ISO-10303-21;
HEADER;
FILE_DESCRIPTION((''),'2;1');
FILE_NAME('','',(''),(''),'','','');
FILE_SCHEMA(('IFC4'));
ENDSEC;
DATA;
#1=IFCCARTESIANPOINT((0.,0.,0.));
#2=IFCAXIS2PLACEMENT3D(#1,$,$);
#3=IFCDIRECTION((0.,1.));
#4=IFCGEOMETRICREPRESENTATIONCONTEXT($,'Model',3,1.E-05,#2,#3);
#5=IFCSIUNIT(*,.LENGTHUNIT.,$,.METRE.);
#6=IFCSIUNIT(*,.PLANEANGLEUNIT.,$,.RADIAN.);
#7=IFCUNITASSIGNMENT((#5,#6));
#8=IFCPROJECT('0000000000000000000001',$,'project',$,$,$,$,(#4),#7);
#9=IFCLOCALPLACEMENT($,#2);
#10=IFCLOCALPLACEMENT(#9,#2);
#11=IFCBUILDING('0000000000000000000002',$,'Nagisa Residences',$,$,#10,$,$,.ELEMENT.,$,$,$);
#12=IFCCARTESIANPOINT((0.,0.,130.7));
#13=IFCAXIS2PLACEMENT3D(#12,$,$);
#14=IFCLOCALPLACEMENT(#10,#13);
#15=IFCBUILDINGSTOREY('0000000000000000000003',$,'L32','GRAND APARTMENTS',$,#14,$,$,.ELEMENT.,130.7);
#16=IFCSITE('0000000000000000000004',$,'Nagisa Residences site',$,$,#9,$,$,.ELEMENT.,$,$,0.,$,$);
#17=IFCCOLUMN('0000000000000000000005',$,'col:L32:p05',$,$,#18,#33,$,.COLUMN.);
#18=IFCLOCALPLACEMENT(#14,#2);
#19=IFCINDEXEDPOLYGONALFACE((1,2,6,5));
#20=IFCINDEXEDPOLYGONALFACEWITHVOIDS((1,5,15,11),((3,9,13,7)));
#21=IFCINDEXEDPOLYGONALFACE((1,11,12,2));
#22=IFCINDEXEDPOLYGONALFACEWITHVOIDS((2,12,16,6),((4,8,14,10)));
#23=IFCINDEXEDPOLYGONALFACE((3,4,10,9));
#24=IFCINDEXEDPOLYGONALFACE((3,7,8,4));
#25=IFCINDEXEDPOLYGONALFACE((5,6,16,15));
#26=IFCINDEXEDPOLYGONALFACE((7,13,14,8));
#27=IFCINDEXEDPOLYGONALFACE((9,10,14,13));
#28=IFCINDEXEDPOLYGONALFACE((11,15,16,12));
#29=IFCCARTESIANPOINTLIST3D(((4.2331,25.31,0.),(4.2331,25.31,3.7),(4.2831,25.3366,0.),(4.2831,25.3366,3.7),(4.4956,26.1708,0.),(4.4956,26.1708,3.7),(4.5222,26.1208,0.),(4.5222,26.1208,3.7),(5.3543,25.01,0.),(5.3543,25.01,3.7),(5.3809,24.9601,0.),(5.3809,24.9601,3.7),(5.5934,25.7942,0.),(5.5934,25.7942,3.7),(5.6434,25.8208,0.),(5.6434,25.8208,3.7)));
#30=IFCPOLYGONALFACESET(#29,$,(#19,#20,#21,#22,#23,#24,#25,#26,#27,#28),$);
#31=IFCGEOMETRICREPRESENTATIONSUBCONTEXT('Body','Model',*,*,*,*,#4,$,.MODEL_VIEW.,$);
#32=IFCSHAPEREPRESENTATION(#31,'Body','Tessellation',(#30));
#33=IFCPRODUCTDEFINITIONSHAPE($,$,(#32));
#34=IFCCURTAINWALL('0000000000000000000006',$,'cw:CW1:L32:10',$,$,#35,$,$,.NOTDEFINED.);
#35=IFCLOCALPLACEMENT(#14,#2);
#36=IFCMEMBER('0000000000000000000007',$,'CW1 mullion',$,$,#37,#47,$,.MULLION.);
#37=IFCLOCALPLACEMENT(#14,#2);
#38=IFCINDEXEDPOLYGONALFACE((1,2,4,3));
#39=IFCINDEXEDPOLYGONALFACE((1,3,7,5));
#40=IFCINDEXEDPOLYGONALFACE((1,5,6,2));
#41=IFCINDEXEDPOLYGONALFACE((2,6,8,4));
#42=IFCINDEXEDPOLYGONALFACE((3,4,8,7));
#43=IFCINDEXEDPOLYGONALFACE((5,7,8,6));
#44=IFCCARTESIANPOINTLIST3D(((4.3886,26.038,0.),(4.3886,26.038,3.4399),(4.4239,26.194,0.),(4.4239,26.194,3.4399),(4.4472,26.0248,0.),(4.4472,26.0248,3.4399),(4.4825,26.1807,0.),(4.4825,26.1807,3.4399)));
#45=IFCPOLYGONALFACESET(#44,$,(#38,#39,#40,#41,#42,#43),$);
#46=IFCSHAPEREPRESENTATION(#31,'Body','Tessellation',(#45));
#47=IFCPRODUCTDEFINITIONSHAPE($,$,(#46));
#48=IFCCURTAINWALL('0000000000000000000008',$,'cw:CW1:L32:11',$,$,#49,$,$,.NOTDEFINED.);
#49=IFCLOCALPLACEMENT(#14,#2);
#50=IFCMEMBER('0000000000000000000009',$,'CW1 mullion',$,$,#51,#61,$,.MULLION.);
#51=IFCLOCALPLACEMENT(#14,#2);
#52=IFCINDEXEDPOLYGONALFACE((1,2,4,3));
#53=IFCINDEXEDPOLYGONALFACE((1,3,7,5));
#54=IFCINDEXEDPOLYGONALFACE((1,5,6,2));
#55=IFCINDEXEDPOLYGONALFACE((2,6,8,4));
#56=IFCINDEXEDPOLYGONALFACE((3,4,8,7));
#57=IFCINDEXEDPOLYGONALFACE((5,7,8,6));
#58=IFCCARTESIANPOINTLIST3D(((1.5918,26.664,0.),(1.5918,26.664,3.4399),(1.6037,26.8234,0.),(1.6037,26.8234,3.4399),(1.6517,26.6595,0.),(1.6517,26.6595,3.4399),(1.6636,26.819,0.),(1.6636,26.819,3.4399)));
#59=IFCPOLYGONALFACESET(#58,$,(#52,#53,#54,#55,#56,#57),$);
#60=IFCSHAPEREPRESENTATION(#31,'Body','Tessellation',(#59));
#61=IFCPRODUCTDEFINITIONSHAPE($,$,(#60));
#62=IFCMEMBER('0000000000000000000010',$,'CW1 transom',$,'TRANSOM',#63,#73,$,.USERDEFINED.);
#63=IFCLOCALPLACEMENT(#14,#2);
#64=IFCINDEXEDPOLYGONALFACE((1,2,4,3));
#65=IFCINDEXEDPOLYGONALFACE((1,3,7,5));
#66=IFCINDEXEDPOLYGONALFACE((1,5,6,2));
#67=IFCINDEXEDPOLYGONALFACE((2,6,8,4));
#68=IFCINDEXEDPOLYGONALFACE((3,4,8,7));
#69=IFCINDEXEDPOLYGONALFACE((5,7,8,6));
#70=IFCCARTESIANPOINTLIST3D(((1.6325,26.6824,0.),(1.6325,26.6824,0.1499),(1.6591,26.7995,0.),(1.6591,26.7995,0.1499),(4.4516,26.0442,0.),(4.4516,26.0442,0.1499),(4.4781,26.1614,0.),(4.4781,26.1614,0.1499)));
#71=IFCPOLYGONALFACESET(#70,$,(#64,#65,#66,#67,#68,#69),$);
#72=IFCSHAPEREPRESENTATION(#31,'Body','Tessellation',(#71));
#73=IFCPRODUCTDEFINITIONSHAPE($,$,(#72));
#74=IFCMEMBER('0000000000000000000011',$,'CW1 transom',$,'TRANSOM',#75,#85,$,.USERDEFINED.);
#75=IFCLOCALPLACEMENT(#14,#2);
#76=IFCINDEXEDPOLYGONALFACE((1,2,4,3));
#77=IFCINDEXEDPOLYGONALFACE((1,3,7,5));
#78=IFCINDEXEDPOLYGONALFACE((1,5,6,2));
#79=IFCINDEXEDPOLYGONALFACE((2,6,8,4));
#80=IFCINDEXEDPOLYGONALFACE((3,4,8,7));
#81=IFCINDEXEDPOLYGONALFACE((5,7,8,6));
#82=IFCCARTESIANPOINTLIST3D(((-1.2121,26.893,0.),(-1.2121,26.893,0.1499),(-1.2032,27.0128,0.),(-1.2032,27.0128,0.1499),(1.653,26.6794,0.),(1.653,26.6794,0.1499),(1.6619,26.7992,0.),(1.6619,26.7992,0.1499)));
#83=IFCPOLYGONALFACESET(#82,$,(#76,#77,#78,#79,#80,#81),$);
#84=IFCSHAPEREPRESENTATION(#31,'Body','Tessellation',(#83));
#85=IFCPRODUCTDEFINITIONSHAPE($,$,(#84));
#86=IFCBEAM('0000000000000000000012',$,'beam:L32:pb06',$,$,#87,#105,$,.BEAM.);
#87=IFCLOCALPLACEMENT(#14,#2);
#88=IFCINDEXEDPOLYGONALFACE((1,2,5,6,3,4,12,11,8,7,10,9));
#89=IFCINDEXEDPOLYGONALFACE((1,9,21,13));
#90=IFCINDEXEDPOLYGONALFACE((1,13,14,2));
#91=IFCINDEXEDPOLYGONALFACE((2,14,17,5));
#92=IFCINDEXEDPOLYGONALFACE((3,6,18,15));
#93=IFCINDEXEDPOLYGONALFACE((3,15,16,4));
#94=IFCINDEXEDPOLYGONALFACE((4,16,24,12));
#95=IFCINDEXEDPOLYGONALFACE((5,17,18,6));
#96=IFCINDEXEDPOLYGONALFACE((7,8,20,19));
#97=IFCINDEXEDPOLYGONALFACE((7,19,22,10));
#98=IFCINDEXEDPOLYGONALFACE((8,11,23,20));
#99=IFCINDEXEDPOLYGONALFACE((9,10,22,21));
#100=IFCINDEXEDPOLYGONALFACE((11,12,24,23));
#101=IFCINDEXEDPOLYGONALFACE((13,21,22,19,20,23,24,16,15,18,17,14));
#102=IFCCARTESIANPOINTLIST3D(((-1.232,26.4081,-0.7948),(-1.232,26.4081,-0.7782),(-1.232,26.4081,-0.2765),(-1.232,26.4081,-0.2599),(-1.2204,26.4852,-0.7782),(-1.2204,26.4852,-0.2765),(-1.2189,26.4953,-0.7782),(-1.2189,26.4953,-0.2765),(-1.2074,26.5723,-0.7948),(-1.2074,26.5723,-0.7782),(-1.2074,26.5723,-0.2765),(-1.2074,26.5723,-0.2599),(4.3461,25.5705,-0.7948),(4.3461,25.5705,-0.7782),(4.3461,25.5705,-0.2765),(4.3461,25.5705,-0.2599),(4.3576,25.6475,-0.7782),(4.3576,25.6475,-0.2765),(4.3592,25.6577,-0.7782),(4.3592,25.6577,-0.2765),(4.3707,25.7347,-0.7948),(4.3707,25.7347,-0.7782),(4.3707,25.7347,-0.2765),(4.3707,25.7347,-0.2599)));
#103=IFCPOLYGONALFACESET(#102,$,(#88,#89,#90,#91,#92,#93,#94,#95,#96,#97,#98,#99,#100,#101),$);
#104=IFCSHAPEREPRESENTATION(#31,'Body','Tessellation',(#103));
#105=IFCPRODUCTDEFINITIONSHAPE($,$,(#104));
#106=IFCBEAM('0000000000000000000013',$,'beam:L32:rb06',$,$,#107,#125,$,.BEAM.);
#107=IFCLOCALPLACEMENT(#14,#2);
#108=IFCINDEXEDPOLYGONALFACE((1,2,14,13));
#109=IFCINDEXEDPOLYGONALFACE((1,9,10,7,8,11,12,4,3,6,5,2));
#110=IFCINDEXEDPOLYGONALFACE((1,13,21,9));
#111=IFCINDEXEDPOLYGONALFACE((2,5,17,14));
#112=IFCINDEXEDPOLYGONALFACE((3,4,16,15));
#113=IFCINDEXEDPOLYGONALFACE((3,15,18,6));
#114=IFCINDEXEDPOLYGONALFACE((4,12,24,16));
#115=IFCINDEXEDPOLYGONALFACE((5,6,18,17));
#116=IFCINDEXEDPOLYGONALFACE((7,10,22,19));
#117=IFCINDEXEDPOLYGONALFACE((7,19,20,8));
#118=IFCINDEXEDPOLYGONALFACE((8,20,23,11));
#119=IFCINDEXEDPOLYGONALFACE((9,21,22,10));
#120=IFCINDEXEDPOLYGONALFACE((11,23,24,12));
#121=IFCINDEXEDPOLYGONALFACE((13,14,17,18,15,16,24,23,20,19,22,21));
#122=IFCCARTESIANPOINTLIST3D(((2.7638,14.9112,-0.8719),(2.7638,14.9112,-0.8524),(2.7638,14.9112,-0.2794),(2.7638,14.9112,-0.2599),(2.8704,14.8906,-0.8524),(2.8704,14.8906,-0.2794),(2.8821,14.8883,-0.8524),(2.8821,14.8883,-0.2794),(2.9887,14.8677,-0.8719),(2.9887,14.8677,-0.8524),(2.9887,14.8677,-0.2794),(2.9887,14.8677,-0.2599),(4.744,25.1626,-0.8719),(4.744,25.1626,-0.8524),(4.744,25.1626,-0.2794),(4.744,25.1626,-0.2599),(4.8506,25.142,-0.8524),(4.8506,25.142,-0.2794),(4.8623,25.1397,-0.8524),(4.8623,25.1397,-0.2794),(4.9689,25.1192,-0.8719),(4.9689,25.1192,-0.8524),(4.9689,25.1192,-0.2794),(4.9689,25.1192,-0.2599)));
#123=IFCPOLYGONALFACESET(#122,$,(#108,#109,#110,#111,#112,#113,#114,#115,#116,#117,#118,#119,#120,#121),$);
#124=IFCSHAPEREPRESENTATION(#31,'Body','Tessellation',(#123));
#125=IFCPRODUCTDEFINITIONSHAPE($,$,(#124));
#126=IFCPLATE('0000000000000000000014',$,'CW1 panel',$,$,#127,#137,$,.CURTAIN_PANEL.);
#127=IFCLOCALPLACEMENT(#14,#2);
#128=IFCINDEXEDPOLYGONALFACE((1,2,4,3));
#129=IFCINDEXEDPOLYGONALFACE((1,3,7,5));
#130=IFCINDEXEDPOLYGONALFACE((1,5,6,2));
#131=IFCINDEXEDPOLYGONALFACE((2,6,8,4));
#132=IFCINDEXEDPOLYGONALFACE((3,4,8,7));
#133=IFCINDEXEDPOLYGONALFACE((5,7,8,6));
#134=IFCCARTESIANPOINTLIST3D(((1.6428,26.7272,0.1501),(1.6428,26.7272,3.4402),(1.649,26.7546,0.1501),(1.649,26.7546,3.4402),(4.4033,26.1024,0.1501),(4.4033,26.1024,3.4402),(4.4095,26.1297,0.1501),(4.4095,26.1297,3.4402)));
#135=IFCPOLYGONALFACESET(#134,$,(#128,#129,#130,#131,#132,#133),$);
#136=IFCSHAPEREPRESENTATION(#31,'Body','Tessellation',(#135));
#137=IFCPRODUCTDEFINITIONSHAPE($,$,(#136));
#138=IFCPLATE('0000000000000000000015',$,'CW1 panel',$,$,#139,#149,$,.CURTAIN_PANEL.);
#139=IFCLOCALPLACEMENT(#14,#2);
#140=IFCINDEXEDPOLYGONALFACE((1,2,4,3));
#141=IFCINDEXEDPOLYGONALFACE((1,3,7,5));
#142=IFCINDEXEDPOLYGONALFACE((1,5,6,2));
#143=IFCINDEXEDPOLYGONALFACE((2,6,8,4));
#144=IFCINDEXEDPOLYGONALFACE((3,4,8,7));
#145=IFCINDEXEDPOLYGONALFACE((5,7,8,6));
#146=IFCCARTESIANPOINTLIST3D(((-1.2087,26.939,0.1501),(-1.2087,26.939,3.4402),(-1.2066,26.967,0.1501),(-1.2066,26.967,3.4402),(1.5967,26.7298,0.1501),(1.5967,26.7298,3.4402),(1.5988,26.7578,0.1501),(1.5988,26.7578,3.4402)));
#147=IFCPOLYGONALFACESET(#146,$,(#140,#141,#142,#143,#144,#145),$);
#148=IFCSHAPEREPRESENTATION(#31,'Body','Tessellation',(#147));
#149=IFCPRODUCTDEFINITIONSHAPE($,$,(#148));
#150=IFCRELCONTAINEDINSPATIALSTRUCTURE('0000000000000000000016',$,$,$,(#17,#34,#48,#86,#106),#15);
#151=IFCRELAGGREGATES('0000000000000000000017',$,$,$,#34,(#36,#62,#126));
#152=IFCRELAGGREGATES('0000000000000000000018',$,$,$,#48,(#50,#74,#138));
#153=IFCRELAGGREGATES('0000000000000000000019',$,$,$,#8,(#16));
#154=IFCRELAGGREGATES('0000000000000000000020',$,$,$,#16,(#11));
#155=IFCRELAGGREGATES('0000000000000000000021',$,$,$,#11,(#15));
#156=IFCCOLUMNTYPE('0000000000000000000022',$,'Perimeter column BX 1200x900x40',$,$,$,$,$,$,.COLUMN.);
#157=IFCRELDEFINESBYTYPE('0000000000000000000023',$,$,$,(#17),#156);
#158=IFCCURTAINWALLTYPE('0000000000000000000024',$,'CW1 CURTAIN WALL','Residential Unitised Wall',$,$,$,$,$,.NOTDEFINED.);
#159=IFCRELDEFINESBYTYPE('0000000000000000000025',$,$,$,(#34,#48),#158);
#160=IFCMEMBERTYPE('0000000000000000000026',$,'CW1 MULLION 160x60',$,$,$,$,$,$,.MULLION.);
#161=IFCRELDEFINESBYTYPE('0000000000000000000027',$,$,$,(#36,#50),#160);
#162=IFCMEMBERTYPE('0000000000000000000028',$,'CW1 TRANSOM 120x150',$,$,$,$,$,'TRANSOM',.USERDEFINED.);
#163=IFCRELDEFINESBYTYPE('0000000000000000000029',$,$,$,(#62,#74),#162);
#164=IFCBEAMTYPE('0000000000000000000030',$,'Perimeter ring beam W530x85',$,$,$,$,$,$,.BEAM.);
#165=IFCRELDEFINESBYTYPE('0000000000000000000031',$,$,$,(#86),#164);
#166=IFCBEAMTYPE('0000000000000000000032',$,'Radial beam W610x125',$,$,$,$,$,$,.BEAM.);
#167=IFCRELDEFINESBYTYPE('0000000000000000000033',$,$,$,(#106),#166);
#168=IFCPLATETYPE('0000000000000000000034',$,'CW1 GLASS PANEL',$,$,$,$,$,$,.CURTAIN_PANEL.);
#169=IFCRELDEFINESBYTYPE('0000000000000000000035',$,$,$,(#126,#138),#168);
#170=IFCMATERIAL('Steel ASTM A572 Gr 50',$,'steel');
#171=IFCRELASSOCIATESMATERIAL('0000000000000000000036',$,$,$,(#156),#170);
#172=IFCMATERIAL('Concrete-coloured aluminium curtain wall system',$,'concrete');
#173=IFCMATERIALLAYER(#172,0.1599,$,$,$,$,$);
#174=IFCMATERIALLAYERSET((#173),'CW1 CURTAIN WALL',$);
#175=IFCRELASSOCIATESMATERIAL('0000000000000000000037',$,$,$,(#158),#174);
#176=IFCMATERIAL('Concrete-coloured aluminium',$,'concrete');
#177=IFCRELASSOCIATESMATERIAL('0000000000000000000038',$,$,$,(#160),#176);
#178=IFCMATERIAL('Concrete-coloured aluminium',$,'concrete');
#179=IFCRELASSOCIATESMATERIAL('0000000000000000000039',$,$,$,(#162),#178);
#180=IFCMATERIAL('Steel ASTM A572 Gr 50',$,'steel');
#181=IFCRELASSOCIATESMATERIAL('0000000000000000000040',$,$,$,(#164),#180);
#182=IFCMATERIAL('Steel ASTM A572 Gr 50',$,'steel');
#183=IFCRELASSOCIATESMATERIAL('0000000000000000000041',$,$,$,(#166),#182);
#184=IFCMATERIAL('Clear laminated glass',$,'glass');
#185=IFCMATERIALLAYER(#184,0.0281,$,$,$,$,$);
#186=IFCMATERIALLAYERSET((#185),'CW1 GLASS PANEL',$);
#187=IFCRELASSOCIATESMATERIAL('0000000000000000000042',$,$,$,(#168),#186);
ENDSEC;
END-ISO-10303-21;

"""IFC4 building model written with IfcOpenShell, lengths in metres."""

from ifc_helpers import new_model, si_unit, direction, frame, origin, origin_2d, place, context, subcontext, project, spatial, rectangle, hollow_rectangle, i_section, extrude, material, layer, layer_set, material_profile, profile_set, type_object, element, aggregate, save


model = new_model("IFC4")

# Units and contexts
model_context = context("Model", 3, precision=1e-05, world=origin(), true_north=direction((0.0, 1.0)))
body_context = subcontext(model_context, "Body", "Model", "MODEL_VIEW")
ifc_project = project(units=[si_unit("LENGTHUNIT", "METRE"), si_unit("PLANEANGLEUNIT", "RADIAN")], contexts=[model_context])

# Site, building, storey
site_placement = place(None, origin())
site = spatial("IfcSite", under=ifc_project, at=site_placement, Name="Nagisa Residences site", CompositionType="ELEMENT", RefElevation=0.0)
building_placement = place(site_placement, origin())
building = spatial("IfcBuilding", under=site, at=building_placement, Name="Nagisa Residences", CompositionType="ELEMENT")
storey_placement = place(building_placement, frame((0.0, 0.0, 130.7)))
storey = spatial("IfcBuildingStorey", under=building, at=storey_placement, Name="L32", Description="GRAND APARTMENTS", CompositionType="ELEMENT", Elevation=130.7)

# Column
ifc_material_1 = material(Name="Steel ASTM A572 Gr 50", Category="steel")
ifc_material_profile_1 = material_profile(ifc_material_1, hollow_rectangle(XDim=1.2, YDim=0.8999, WallThickness=0.04, at=origin_2d()), Name="BX 1200x900x40")
ifc_profile_set_1 = profile_set([ifc_material_profile_1], Name="Steel ASTM A572 Gr 50")
column_type = type_object("IfcColumnType", Name="Perimeter column BX 1200x900x40", PredefinedType="COLUMN", material=ifc_profile_set_1)
column_placement = place(storey_placement, frame((4.9382, 25.5654, 0.0), z_axis=(0.0, 0.0, 1.0), x_axis=(-0.956525, 0.291652, 0.0)))
element("IfcColumn", 1, at=column_placement, inside=storey, type_object=column_type, Name="col:L32:p05", PredefinedType="COLUMN", context=body_context, shape_type="SweptSolid", body=[
    extrude(hollow_rectangle(XDim=1.2, YDim=0.8999, WallThickness=0.04, at=origin_2d()), origin(), (0.0, 0.0, 1.0), 3.7),
])

# Curtain walls, members
ifc_material_2 = material(Name="Concrete-coloured aluminium curtain wall system", Category="concrete")
ifc_layer_1 = layer(ifc_material_2, 0.1599)
ifc_layer_set_1 = layer_set([ifc_layer_1], Name="CW1 CURTAIN WALL")
curtain_wall_type = type_object("IfcCurtainWallType", Name="CW1 CURTAIN WALL", Description="Residential Unitised Wall", PredefinedType="NOTDEFINED", material=ifc_layer_set_1)
curtain_wall_1_placement = place(storey_placement, origin())
curtain_wall_1 = element("IfcCurtainWall", 2, at=curtain_wall_1_placement, inside=storey, type_object=curtain_wall_type, Name="cw:CW1:L32:10", PredefinedType="NOTDEFINED")
ifc_material_3 = material(Name="Concrete-coloured aluminium", Category="concrete")
ifc_material_profile_2 = material_profile(ifc_material_3, rectangle(XDim=0.1599, YDim=0.0601, at=origin_2d()), Name="CW1 MULLION 160x60")
ifc_profile_set_2 = profile_set([ifc_material_profile_2], Name="Concrete-coloured aluminium")
member_type_1 = type_object("IfcMemberType", Name="CW1 MULLION 160x60", PredefinedType="MULLION", material=ifc_profile_set_2)
member_1_placement = place(storey_placement, frame((4.4355, 26.1094, 0.0), z_axis=(0.0, 0.0, 1.0), x_axis=(-0.220764, -0.975327, 0.0)))
member_1 = element("IfcMember", 3, at=member_1_placement, type_object=member_type_1, Name="CW1 mullion", PredefinedType="MULLION", context=body_context, shape_type="SweptSolid", body=[
    extrude(rectangle(XDim=0.1599, YDim=0.0601, at=origin_2d()), origin(), (0.0, 0.0, 1.0), 3.4399),
])
curtain_wall_2_placement = place(storey_placement, origin())
curtain_wall_2 = element("IfcCurtainWall", 4, at=curtain_wall_2_placement, inside=storey, type_object=curtain_wall_type, Name="cw:CW1:L32:11", PredefinedType="NOTDEFINED")
member_2_placement = place(storey_placement, frame((1.6277, 26.7415, 0.0), z_axis=(0.0, 0.0, 1.0), x_axis=(-0.074377, -0.99723, 0.0)))
member_2 = element("IfcMember", 5, at=member_2_placement, type_object=member_type_1, Name="CW1 mullion", PredefinedType="MULLION", context=body_context, shape_type="SweptSolid", body=[
    extrude(rectangle(XDim=0.1599, YDim=0.0601, at=origin_2d()), origin(), (0.0, 0.0, 1.0), 3.4399),
])

# Members
ifc_material_4 = material(Name="Concrete-coloured aluminium", Category="concrete")
ifc_material_profile_3 = material_profile(ifc_material_4, rectangle(XDim=0.1201, YDim=0.1499, at=origin_2d()), Name="CW1 TRANSOM 120x150")
ifc_profile_set_3 = profile_set([ifc_material_profile_3], Name="Concrete-coloured aluminium")
member_type_2 = type_object("IfcMemberType", Name="CW1 TRANSOM 120x150", ElementType="TRANSOM", PredefinedType="USERDEFINED", material=ifc_profile_set_3)
member_3_placement = place(storey_placement, frame((4.4648, 26.1028, 0.075), z_axis=(-0.975321, 0.220792, 0.0), x_axis=(-0.220792, -0.975321, 0.0)))
member_3 = element("IfcMember", 6, at=member_3_placement, type_object=member_type_2, Name="CW1 transom", ObjectType="TRANSOM", PredefinedType="USERDEFINED", context=body_context, shape_type="SweptSolid", body=[
    extrude(rectangle(XDim=0.1201, YDim=0.1499, at=origin_2d()), origin(), (0.0, 0.0, 1.0), 2.8904),
])
member_4_placement = place(storey_placement, frame((1.6575, 26.7393, 0.075), z_axis=(-0.997232, 0.074357, 0.0), x_axis=(-0.074357, -0.997232, 0.0)))
member_4 = element("IfcMember", 7, at=member_4_placement, type_object=member_type_2, Name="CW1 transom", ObjectType="TRANSOM", PredefinedType="USERDEFINED", context=body_context, shape_type="SweptSolid", body=[
    extrude(rectangle(XDim=0.1201, YDim=0.1499, at=origin_2d()), origin(), (0.0, 0.0, 1.0), 2.873),
])

# Beams
ifc_material_5 = material(Name="Steel ASTM A572 Gr 50", Category="steel")
ifc_material_profile_4 = material_profile(ifc_material_5, i_section(OverallWidth=0.166, OverallDepth=0.5349, WebThickness=0.0103, FlangeThickness=0.0166, at=origin_2d()), Name="W530x85")
ifc_profile_set_4 = profile_set([ifc_material_profile_4], Name="Steel ASTM A572 Gr 50")
beam_type_1 = type_object("IfcBeamType", Name="Perimeter ring beam W530x85", PredefinedType="BEAM", material=ifc_profile_set_4)
beam_1_placement = place(storey_placement, frame((4.3584, 25.6526, -0.5273), z_axis=(-0.988912, 0.148501, 0.0), x_axis=(-0.148501, -0.988912, 0.0)))
element("IfcBeam", 8, at=beam_1_placement, inside=storey, type_object=beam_type_1, Name="beam:L32:pb06", PredefinedType="BEAM", context=body_context, shape_type="SweptSolid", body=[
    extrude(i_section(OverallWidth=0.166, OverallDepth=0.5349, WebThickness=0.0103, FlangeThickness=0.0166, at=origin_2d()), origin(), (0.0, 0.0, 1.0), 5.6406),
])
ifc_material_6 = material(Name="Steel ASTM A572 Gr 50", Category="steel")
ifc_material_profile_5 = material_profile(ifc_material_6, i_section(OverallWidth=0.229, OverallDepth=0.6121, WebThickness=0.012, FlangeThickness=0.0195, at=origin_2d()), Name="W610x125")
ifc_profile_set_5 = profile_set([ifc_material_profile_5], Name="Steel ASTM A572 Gr 50")
beam_type_2 = type_object("IfcBeamType", Name="Radial beam W610x125", PredefinedType="BEAM", material=ifc_profile_set_5)
beam_2_placement = place(storey_placement, frame((4.8564, 25.1409, -0.5659), z_axis=(-0.189659, -0.98185, 0.0), x_axis=(0.98185, -0.189659, 0.0)))
element("IfcBeam", 9, at=beam_2_placement, inside=storey, type_object=beam_type_2, Name="beam:L32:rb06", PredefinedType="BEAM", context=body_context, shape_type="SweptSolid", body=[
    extrude(i_section(OverallWidth=0.229, OverallDepth=0.6121, WebThickness=0.012, FlangeThickness=0.0195, at=origin_2d()), origin(), (0.0, 0.0, 1.0), 10.4409),
])

# Plates
ifc_material_7 = material(Name="Clear laminated glass", Category="glass")
ifc_layer_2 = layer(ifc_material_7, 0.0281)
ifc_layer_set_2 = layer_set([ifc_layer_2], Name="CW1 GLASS PANEL")
plate_type = type_object("IfcPlateType", Name="CW1 GLASS PANEL", PredefinedType="CURTAIN_PANEL", material=ifc_layer_set_2)
plate_1_placement = place(storey_placement, frame((3.0261, 26.4285, 0.1501), z_axis=(0.0, 0.0, 1.0), x_axis=(-0.975327, 0.220764, 0.0)))
plate_1 = element("IfcPlate", 10, at=plate_1_placement, type_object=plate_type, Name="CW1 panel", PredefinedType="CURTAIN_PANEL", context=body_context, shape_type="SweptSolid", body=[
    extrude(rectangle(XDim=2.8303, YDim=0.0281, at=origin_2d()), origin(), (0.0, 0.0, 1.0), 3.29),
])
aggregate(curtain_wall_1, [member_1, member_3, plate_1])
plate_2_placement = place(storey_placement, frame((0.1951, 26.8484, 0.1501), z_axis=(0.0, 0.0, 1.0), x_axis=(-0.99723, 0.074377, 0.0)))
plate_2 = element("IfcPlate", 11, at=plate_2_placement, type_object=plate_type, Name="CW1 panel", PredefinedType="CURTAIN_PANEL", context=body_context, shape_type="SweptSolid", body=[
    extrude(rectangle(XDim=2.8132, YDim=0.0281, at=origin_2d()), origin(), (0.0, 0.0, 1.0), 3.29),
])
aggregate(curtain_wall_2, [member_2, member_4, plate_2])

save(model, "model.ifc")
